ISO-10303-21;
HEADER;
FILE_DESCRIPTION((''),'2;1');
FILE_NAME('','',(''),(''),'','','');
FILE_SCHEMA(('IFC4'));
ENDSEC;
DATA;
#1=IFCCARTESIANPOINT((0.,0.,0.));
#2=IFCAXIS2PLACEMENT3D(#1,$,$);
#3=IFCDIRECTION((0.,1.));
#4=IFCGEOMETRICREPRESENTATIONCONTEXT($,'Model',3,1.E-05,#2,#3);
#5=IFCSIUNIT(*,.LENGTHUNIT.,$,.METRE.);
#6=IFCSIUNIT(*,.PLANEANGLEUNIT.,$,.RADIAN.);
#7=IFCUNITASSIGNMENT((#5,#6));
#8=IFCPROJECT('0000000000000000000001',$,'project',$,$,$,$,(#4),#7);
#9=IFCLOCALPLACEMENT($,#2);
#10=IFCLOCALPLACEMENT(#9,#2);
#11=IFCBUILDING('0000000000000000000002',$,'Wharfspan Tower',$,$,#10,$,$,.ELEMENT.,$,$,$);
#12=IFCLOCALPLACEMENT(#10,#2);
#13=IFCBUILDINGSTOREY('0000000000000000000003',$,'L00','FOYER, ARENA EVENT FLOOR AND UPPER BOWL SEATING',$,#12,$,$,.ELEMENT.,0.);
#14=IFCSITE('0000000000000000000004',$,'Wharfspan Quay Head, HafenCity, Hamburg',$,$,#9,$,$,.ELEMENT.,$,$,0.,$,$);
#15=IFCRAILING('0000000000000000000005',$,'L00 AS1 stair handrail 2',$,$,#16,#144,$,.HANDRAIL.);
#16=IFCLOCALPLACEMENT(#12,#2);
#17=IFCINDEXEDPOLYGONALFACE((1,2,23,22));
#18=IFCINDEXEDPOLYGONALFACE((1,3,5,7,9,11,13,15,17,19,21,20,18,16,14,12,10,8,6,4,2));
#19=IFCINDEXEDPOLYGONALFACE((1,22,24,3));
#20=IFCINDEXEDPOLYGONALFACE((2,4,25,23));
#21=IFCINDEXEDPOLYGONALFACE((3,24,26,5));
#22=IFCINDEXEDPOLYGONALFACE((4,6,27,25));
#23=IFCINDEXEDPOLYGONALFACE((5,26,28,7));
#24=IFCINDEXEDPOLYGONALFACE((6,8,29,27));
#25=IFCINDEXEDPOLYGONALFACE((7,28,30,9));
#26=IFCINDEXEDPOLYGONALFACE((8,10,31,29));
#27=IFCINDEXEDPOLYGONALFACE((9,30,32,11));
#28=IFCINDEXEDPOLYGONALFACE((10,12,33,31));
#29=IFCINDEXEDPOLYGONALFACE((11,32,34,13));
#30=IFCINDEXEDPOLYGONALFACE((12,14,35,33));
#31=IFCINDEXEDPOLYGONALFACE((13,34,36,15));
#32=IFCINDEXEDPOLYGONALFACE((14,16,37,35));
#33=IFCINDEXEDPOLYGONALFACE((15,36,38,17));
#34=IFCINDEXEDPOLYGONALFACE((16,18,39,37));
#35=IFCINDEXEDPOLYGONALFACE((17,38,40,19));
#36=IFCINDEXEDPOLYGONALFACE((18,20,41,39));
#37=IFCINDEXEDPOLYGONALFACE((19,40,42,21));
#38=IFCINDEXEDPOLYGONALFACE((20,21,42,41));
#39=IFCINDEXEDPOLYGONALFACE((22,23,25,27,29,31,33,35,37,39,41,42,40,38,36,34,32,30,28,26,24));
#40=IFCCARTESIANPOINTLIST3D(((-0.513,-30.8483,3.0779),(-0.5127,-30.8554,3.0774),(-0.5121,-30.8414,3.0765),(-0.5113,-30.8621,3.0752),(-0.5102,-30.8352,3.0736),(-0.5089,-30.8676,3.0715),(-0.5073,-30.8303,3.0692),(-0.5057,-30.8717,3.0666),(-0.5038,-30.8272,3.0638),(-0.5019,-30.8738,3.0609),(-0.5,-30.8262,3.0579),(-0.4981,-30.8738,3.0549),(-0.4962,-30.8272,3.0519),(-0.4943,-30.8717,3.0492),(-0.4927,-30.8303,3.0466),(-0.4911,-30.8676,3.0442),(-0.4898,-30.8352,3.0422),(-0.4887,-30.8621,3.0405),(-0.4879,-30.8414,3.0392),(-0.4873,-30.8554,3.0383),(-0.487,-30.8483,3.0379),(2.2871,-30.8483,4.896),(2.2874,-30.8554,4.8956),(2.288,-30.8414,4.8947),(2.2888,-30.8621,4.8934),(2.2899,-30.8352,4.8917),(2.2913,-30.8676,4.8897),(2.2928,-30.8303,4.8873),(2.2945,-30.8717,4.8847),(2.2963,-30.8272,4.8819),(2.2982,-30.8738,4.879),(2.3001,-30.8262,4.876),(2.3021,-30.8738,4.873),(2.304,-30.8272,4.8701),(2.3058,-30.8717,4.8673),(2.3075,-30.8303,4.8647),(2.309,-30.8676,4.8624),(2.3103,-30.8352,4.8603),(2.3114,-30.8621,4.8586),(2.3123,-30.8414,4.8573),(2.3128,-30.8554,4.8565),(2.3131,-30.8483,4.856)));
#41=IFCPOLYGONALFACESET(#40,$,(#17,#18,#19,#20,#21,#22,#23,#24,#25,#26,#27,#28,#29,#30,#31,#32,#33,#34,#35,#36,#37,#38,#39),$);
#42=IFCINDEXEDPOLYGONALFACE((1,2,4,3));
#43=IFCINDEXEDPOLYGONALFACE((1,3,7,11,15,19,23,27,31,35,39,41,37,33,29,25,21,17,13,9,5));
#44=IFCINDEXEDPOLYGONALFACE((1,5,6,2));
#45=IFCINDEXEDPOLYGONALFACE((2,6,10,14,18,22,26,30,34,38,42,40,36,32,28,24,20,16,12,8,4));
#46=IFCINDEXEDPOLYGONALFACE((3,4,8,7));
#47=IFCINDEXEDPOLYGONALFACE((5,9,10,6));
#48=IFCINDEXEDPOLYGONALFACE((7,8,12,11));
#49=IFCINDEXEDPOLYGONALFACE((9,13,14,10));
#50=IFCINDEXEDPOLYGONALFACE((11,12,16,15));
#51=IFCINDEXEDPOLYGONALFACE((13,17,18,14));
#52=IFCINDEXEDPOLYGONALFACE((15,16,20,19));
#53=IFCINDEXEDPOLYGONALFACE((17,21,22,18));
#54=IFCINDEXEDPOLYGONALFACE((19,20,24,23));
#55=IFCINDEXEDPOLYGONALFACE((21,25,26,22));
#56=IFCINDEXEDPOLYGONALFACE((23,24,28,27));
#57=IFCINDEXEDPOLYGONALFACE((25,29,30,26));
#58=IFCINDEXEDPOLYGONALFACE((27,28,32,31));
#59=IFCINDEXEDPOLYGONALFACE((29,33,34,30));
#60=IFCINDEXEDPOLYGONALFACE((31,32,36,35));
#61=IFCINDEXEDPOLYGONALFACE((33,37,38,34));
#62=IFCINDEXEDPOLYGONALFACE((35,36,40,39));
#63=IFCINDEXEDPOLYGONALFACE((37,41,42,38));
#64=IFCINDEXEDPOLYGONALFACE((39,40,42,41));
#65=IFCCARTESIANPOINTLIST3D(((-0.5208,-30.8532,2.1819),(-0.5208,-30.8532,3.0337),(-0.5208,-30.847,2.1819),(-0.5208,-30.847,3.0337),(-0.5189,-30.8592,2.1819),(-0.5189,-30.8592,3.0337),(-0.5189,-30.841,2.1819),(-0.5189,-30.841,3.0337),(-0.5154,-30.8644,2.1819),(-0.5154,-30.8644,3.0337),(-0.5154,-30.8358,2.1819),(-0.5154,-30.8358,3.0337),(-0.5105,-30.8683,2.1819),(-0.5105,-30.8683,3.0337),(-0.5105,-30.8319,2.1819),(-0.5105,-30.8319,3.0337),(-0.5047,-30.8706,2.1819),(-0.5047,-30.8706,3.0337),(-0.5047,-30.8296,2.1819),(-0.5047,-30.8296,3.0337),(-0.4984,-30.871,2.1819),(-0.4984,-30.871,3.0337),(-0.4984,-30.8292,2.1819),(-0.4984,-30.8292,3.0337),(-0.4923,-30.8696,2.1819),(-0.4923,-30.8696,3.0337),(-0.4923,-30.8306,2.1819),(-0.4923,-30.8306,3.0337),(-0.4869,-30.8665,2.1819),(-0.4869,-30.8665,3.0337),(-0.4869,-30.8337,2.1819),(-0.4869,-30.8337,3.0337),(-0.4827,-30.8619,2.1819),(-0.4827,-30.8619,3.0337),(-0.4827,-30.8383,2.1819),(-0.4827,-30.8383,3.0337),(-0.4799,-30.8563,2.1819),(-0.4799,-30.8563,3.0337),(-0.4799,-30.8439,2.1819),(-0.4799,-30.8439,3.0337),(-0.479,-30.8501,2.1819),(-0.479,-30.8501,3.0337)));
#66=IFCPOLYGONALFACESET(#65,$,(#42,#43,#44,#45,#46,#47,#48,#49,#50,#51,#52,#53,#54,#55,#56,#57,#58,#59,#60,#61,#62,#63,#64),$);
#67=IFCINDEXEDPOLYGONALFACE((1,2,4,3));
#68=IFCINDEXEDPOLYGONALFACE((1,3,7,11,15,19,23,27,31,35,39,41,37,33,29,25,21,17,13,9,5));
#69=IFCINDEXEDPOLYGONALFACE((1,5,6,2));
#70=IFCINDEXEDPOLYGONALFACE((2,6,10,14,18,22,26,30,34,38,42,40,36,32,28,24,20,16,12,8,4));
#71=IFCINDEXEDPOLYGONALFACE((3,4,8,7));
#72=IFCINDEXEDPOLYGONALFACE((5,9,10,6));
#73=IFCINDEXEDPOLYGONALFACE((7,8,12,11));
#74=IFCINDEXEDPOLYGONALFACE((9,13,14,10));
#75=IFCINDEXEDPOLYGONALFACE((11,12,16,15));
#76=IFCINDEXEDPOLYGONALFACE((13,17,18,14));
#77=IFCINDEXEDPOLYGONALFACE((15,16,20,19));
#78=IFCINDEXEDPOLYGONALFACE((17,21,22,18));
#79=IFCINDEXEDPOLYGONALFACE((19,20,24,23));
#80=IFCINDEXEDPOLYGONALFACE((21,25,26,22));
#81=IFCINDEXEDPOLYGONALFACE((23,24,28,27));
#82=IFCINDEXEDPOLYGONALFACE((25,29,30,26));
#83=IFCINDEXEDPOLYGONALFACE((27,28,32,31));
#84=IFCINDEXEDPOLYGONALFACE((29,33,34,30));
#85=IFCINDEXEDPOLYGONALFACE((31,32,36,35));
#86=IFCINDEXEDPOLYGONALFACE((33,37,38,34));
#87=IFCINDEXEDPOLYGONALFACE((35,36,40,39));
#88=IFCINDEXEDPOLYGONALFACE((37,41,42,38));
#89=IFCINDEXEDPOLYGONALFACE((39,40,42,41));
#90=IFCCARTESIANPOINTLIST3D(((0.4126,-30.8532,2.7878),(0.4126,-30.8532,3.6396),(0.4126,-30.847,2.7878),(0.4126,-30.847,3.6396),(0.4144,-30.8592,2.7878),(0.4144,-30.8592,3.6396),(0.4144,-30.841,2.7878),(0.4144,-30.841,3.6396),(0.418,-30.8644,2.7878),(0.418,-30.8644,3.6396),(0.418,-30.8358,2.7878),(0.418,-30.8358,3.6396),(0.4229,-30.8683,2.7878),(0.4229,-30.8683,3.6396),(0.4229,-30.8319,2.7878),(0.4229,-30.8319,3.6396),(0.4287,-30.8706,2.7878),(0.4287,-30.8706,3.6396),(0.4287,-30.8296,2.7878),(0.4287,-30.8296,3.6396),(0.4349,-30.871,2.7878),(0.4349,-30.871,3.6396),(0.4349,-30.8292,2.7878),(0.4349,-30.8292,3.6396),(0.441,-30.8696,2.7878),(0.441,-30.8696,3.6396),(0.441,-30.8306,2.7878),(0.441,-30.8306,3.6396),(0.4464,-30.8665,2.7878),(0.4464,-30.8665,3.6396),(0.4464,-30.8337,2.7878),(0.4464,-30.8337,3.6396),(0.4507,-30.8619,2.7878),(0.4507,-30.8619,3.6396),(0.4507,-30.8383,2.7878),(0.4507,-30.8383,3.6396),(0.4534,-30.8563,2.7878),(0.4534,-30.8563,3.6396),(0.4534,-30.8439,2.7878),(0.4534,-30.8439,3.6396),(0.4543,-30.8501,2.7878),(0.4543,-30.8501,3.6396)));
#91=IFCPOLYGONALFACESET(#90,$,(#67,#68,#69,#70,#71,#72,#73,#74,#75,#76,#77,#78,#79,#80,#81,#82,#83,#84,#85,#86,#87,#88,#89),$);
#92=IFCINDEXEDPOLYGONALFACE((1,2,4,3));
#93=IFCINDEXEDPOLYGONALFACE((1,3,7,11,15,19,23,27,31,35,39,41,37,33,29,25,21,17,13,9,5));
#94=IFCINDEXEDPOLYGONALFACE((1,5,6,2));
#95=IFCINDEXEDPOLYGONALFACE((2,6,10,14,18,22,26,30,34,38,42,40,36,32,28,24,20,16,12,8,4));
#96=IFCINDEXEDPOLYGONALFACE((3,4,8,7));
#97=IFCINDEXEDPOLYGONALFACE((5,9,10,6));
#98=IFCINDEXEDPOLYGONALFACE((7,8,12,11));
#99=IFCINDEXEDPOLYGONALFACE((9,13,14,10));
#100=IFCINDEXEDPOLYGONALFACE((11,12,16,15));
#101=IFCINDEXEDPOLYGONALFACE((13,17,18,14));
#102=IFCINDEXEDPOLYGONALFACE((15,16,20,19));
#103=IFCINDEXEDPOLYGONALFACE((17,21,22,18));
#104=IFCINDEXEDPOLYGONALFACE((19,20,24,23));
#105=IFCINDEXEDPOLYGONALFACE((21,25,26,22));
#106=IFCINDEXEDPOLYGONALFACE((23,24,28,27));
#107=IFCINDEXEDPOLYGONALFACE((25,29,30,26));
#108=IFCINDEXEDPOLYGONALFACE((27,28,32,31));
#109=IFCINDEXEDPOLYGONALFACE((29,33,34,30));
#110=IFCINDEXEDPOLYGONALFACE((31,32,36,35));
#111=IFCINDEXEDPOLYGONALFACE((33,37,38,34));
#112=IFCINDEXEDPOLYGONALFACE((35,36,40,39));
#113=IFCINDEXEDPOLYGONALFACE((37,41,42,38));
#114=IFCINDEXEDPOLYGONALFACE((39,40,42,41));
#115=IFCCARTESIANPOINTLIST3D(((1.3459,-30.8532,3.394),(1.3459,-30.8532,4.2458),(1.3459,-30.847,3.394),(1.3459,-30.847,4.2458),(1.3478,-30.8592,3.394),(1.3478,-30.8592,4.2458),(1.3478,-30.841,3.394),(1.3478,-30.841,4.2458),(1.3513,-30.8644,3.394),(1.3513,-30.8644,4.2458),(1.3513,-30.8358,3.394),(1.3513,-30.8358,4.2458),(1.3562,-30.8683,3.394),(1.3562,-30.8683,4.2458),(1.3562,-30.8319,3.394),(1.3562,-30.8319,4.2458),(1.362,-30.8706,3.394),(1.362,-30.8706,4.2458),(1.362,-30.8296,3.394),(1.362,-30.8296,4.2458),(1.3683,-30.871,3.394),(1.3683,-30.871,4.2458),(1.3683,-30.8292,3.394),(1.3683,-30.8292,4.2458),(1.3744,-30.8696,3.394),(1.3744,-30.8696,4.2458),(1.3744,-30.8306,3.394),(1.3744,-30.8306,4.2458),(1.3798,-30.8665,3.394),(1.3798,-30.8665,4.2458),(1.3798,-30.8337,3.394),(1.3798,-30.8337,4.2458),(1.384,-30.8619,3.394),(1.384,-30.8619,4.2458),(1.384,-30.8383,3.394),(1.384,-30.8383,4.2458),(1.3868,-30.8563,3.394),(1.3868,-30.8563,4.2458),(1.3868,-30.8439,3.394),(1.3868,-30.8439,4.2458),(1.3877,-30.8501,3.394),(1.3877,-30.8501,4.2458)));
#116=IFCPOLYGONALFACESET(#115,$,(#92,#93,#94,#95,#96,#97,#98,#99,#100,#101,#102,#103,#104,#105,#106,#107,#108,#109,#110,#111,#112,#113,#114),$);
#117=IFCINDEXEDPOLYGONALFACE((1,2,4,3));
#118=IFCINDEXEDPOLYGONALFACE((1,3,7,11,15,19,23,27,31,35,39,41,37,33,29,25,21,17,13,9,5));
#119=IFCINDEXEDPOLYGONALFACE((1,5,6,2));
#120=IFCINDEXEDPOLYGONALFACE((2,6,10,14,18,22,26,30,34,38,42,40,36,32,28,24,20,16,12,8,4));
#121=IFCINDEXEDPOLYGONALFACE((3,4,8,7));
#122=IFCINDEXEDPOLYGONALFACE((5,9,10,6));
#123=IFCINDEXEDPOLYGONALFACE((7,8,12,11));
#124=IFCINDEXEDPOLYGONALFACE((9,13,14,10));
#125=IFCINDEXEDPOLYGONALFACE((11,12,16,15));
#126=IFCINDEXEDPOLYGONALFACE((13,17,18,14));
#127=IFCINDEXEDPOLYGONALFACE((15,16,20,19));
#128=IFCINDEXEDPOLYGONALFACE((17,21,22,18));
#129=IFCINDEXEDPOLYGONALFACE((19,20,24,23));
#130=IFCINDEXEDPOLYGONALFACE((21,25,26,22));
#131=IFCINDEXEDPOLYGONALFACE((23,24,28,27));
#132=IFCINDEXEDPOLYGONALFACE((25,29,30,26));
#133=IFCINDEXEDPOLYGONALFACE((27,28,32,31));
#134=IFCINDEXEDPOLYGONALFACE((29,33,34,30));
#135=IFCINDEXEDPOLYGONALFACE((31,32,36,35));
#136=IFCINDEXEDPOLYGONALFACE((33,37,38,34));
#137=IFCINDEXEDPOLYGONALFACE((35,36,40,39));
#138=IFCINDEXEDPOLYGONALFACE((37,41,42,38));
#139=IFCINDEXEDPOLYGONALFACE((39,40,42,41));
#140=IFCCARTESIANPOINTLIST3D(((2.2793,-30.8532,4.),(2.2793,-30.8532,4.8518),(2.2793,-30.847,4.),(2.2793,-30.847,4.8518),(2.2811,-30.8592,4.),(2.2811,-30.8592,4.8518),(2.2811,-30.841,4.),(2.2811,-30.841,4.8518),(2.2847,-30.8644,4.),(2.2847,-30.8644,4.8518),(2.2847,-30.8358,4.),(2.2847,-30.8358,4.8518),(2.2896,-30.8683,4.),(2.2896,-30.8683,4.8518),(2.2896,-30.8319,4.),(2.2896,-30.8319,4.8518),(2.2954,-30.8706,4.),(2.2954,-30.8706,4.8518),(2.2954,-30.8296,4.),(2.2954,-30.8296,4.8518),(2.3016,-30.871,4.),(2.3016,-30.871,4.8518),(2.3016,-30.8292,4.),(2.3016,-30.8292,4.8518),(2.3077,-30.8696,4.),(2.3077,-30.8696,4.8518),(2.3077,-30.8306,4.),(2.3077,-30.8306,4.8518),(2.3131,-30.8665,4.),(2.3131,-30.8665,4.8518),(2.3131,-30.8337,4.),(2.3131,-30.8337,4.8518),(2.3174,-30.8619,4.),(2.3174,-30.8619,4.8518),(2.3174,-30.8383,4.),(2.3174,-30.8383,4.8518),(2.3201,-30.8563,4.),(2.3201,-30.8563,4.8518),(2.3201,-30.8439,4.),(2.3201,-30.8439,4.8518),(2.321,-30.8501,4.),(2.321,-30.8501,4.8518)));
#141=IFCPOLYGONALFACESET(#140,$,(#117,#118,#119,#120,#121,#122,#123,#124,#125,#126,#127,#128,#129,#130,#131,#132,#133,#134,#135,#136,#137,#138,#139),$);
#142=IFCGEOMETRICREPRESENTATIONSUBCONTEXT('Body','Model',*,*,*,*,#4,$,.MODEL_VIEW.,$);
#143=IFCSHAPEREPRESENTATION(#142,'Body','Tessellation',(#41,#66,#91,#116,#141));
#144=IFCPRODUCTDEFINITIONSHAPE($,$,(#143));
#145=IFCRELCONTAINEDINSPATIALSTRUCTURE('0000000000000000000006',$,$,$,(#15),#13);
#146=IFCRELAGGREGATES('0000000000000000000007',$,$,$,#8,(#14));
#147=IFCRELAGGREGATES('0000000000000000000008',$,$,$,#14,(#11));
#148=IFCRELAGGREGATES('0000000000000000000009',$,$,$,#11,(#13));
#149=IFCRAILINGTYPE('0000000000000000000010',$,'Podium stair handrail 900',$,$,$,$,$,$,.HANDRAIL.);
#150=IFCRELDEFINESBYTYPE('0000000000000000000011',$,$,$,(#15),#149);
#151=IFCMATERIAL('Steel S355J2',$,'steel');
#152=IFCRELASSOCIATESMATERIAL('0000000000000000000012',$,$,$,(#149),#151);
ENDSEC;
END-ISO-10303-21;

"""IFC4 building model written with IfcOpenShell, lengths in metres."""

from ifc_helpers import new_model, si_unit, direction, frame, origin, origin_2d, place, context, subcontext, project, spatial, circle, extrude, material, type_object, element, save


model = new_model("IFC4")

# Units and contexts
model_context = context("Model", 3, precision=1e-05, world=origin(), true_north=direction((0.0, 1.0)))
body_context = subcontext(model_context, "Body", "Model", "MODEL_VIEW")
ifc_project = project(units=[si_unit("LENGTHUNIT", "METRE"), si_unit("PLANEANGLEUNIT", "RADIAN")], contexts=[model_context])

# Site, building, storey
site_placement = place(None, origin())
site = spatial("IfcSite", under=ifc_project, at=site_placement, Name="Wharfspan Quay Head, HafenCity, Hamburg", CompositionType="ELEMENT", RefElevation=0.0)
building_placement = place(site_placement, origin())
building = spatial("IfcBuilding", under=site, at=building_placement, Name="Wharfspan Tower", CompositionType="ELEMENT")
storey_placement = place(building_placement, origin())
storey = spatial("IfcBuildingStorey", under=building, at=storey_placement, Name="L00", Description="FOYER, ARENA EVENT FLOOR AND UPPER BOWL SEATING", CompositionType="ELEMENT", Elevation=0.0)

# Shared definitions
ifc_material_1 = material(Name="Steel S355J2", Category="steel")

# Railing
railing_type_1 = type_object("IfcRailingType", Name="Podium stair handrail 900", PredefinedType="HANDRAIL", material=ifc_material_1)
for number, where, name in (
    (1, (-0.5, -30.8501, 2.1819), "L00 AS1 stair handrail 2"),
):
    element("IfcRailing", number, at=place(storey_placement, frame(where)), inside=storey, type_object=railing_type_1, Name=name, PredefinedType="HANDRAIL", context=body_context, shape_type="SweptSolid", body=[
        extrude(circle(Radius=0.0239, at=origin_2d()), frame((0.0, 0.0, 0.876), z_axis=(0.838706, 0.0, 0.544585), x_axis=(0.0, 1.0, 0.0)), (0.0, 0.0, 1.0), 3.3386),
        extrude(circle(Radius=0.021, at=origin_2d()), origin(), (0.0, 0.0, 1.0), 0.8518),
        extrude(circle(Radius=0.021, at=origin_2d()), frame((0.9334, 0.0, 0.606)), (0.0, 0.0, 1.0), 0.8518),
        extrude(circle(Radius=0.021, at=origin_2d()), frame((1.8667, 0.0, 1.2122)), (0.0, 0.0, 1.0), 0.8518),
        extrude(circle(Radius=0.021, at=origin_2d()), frame((2.8, 0.0, 1.8181)), (0.0, 0.0, 1.0), 0.8518),
    ])

save(model, "model.ifc")
